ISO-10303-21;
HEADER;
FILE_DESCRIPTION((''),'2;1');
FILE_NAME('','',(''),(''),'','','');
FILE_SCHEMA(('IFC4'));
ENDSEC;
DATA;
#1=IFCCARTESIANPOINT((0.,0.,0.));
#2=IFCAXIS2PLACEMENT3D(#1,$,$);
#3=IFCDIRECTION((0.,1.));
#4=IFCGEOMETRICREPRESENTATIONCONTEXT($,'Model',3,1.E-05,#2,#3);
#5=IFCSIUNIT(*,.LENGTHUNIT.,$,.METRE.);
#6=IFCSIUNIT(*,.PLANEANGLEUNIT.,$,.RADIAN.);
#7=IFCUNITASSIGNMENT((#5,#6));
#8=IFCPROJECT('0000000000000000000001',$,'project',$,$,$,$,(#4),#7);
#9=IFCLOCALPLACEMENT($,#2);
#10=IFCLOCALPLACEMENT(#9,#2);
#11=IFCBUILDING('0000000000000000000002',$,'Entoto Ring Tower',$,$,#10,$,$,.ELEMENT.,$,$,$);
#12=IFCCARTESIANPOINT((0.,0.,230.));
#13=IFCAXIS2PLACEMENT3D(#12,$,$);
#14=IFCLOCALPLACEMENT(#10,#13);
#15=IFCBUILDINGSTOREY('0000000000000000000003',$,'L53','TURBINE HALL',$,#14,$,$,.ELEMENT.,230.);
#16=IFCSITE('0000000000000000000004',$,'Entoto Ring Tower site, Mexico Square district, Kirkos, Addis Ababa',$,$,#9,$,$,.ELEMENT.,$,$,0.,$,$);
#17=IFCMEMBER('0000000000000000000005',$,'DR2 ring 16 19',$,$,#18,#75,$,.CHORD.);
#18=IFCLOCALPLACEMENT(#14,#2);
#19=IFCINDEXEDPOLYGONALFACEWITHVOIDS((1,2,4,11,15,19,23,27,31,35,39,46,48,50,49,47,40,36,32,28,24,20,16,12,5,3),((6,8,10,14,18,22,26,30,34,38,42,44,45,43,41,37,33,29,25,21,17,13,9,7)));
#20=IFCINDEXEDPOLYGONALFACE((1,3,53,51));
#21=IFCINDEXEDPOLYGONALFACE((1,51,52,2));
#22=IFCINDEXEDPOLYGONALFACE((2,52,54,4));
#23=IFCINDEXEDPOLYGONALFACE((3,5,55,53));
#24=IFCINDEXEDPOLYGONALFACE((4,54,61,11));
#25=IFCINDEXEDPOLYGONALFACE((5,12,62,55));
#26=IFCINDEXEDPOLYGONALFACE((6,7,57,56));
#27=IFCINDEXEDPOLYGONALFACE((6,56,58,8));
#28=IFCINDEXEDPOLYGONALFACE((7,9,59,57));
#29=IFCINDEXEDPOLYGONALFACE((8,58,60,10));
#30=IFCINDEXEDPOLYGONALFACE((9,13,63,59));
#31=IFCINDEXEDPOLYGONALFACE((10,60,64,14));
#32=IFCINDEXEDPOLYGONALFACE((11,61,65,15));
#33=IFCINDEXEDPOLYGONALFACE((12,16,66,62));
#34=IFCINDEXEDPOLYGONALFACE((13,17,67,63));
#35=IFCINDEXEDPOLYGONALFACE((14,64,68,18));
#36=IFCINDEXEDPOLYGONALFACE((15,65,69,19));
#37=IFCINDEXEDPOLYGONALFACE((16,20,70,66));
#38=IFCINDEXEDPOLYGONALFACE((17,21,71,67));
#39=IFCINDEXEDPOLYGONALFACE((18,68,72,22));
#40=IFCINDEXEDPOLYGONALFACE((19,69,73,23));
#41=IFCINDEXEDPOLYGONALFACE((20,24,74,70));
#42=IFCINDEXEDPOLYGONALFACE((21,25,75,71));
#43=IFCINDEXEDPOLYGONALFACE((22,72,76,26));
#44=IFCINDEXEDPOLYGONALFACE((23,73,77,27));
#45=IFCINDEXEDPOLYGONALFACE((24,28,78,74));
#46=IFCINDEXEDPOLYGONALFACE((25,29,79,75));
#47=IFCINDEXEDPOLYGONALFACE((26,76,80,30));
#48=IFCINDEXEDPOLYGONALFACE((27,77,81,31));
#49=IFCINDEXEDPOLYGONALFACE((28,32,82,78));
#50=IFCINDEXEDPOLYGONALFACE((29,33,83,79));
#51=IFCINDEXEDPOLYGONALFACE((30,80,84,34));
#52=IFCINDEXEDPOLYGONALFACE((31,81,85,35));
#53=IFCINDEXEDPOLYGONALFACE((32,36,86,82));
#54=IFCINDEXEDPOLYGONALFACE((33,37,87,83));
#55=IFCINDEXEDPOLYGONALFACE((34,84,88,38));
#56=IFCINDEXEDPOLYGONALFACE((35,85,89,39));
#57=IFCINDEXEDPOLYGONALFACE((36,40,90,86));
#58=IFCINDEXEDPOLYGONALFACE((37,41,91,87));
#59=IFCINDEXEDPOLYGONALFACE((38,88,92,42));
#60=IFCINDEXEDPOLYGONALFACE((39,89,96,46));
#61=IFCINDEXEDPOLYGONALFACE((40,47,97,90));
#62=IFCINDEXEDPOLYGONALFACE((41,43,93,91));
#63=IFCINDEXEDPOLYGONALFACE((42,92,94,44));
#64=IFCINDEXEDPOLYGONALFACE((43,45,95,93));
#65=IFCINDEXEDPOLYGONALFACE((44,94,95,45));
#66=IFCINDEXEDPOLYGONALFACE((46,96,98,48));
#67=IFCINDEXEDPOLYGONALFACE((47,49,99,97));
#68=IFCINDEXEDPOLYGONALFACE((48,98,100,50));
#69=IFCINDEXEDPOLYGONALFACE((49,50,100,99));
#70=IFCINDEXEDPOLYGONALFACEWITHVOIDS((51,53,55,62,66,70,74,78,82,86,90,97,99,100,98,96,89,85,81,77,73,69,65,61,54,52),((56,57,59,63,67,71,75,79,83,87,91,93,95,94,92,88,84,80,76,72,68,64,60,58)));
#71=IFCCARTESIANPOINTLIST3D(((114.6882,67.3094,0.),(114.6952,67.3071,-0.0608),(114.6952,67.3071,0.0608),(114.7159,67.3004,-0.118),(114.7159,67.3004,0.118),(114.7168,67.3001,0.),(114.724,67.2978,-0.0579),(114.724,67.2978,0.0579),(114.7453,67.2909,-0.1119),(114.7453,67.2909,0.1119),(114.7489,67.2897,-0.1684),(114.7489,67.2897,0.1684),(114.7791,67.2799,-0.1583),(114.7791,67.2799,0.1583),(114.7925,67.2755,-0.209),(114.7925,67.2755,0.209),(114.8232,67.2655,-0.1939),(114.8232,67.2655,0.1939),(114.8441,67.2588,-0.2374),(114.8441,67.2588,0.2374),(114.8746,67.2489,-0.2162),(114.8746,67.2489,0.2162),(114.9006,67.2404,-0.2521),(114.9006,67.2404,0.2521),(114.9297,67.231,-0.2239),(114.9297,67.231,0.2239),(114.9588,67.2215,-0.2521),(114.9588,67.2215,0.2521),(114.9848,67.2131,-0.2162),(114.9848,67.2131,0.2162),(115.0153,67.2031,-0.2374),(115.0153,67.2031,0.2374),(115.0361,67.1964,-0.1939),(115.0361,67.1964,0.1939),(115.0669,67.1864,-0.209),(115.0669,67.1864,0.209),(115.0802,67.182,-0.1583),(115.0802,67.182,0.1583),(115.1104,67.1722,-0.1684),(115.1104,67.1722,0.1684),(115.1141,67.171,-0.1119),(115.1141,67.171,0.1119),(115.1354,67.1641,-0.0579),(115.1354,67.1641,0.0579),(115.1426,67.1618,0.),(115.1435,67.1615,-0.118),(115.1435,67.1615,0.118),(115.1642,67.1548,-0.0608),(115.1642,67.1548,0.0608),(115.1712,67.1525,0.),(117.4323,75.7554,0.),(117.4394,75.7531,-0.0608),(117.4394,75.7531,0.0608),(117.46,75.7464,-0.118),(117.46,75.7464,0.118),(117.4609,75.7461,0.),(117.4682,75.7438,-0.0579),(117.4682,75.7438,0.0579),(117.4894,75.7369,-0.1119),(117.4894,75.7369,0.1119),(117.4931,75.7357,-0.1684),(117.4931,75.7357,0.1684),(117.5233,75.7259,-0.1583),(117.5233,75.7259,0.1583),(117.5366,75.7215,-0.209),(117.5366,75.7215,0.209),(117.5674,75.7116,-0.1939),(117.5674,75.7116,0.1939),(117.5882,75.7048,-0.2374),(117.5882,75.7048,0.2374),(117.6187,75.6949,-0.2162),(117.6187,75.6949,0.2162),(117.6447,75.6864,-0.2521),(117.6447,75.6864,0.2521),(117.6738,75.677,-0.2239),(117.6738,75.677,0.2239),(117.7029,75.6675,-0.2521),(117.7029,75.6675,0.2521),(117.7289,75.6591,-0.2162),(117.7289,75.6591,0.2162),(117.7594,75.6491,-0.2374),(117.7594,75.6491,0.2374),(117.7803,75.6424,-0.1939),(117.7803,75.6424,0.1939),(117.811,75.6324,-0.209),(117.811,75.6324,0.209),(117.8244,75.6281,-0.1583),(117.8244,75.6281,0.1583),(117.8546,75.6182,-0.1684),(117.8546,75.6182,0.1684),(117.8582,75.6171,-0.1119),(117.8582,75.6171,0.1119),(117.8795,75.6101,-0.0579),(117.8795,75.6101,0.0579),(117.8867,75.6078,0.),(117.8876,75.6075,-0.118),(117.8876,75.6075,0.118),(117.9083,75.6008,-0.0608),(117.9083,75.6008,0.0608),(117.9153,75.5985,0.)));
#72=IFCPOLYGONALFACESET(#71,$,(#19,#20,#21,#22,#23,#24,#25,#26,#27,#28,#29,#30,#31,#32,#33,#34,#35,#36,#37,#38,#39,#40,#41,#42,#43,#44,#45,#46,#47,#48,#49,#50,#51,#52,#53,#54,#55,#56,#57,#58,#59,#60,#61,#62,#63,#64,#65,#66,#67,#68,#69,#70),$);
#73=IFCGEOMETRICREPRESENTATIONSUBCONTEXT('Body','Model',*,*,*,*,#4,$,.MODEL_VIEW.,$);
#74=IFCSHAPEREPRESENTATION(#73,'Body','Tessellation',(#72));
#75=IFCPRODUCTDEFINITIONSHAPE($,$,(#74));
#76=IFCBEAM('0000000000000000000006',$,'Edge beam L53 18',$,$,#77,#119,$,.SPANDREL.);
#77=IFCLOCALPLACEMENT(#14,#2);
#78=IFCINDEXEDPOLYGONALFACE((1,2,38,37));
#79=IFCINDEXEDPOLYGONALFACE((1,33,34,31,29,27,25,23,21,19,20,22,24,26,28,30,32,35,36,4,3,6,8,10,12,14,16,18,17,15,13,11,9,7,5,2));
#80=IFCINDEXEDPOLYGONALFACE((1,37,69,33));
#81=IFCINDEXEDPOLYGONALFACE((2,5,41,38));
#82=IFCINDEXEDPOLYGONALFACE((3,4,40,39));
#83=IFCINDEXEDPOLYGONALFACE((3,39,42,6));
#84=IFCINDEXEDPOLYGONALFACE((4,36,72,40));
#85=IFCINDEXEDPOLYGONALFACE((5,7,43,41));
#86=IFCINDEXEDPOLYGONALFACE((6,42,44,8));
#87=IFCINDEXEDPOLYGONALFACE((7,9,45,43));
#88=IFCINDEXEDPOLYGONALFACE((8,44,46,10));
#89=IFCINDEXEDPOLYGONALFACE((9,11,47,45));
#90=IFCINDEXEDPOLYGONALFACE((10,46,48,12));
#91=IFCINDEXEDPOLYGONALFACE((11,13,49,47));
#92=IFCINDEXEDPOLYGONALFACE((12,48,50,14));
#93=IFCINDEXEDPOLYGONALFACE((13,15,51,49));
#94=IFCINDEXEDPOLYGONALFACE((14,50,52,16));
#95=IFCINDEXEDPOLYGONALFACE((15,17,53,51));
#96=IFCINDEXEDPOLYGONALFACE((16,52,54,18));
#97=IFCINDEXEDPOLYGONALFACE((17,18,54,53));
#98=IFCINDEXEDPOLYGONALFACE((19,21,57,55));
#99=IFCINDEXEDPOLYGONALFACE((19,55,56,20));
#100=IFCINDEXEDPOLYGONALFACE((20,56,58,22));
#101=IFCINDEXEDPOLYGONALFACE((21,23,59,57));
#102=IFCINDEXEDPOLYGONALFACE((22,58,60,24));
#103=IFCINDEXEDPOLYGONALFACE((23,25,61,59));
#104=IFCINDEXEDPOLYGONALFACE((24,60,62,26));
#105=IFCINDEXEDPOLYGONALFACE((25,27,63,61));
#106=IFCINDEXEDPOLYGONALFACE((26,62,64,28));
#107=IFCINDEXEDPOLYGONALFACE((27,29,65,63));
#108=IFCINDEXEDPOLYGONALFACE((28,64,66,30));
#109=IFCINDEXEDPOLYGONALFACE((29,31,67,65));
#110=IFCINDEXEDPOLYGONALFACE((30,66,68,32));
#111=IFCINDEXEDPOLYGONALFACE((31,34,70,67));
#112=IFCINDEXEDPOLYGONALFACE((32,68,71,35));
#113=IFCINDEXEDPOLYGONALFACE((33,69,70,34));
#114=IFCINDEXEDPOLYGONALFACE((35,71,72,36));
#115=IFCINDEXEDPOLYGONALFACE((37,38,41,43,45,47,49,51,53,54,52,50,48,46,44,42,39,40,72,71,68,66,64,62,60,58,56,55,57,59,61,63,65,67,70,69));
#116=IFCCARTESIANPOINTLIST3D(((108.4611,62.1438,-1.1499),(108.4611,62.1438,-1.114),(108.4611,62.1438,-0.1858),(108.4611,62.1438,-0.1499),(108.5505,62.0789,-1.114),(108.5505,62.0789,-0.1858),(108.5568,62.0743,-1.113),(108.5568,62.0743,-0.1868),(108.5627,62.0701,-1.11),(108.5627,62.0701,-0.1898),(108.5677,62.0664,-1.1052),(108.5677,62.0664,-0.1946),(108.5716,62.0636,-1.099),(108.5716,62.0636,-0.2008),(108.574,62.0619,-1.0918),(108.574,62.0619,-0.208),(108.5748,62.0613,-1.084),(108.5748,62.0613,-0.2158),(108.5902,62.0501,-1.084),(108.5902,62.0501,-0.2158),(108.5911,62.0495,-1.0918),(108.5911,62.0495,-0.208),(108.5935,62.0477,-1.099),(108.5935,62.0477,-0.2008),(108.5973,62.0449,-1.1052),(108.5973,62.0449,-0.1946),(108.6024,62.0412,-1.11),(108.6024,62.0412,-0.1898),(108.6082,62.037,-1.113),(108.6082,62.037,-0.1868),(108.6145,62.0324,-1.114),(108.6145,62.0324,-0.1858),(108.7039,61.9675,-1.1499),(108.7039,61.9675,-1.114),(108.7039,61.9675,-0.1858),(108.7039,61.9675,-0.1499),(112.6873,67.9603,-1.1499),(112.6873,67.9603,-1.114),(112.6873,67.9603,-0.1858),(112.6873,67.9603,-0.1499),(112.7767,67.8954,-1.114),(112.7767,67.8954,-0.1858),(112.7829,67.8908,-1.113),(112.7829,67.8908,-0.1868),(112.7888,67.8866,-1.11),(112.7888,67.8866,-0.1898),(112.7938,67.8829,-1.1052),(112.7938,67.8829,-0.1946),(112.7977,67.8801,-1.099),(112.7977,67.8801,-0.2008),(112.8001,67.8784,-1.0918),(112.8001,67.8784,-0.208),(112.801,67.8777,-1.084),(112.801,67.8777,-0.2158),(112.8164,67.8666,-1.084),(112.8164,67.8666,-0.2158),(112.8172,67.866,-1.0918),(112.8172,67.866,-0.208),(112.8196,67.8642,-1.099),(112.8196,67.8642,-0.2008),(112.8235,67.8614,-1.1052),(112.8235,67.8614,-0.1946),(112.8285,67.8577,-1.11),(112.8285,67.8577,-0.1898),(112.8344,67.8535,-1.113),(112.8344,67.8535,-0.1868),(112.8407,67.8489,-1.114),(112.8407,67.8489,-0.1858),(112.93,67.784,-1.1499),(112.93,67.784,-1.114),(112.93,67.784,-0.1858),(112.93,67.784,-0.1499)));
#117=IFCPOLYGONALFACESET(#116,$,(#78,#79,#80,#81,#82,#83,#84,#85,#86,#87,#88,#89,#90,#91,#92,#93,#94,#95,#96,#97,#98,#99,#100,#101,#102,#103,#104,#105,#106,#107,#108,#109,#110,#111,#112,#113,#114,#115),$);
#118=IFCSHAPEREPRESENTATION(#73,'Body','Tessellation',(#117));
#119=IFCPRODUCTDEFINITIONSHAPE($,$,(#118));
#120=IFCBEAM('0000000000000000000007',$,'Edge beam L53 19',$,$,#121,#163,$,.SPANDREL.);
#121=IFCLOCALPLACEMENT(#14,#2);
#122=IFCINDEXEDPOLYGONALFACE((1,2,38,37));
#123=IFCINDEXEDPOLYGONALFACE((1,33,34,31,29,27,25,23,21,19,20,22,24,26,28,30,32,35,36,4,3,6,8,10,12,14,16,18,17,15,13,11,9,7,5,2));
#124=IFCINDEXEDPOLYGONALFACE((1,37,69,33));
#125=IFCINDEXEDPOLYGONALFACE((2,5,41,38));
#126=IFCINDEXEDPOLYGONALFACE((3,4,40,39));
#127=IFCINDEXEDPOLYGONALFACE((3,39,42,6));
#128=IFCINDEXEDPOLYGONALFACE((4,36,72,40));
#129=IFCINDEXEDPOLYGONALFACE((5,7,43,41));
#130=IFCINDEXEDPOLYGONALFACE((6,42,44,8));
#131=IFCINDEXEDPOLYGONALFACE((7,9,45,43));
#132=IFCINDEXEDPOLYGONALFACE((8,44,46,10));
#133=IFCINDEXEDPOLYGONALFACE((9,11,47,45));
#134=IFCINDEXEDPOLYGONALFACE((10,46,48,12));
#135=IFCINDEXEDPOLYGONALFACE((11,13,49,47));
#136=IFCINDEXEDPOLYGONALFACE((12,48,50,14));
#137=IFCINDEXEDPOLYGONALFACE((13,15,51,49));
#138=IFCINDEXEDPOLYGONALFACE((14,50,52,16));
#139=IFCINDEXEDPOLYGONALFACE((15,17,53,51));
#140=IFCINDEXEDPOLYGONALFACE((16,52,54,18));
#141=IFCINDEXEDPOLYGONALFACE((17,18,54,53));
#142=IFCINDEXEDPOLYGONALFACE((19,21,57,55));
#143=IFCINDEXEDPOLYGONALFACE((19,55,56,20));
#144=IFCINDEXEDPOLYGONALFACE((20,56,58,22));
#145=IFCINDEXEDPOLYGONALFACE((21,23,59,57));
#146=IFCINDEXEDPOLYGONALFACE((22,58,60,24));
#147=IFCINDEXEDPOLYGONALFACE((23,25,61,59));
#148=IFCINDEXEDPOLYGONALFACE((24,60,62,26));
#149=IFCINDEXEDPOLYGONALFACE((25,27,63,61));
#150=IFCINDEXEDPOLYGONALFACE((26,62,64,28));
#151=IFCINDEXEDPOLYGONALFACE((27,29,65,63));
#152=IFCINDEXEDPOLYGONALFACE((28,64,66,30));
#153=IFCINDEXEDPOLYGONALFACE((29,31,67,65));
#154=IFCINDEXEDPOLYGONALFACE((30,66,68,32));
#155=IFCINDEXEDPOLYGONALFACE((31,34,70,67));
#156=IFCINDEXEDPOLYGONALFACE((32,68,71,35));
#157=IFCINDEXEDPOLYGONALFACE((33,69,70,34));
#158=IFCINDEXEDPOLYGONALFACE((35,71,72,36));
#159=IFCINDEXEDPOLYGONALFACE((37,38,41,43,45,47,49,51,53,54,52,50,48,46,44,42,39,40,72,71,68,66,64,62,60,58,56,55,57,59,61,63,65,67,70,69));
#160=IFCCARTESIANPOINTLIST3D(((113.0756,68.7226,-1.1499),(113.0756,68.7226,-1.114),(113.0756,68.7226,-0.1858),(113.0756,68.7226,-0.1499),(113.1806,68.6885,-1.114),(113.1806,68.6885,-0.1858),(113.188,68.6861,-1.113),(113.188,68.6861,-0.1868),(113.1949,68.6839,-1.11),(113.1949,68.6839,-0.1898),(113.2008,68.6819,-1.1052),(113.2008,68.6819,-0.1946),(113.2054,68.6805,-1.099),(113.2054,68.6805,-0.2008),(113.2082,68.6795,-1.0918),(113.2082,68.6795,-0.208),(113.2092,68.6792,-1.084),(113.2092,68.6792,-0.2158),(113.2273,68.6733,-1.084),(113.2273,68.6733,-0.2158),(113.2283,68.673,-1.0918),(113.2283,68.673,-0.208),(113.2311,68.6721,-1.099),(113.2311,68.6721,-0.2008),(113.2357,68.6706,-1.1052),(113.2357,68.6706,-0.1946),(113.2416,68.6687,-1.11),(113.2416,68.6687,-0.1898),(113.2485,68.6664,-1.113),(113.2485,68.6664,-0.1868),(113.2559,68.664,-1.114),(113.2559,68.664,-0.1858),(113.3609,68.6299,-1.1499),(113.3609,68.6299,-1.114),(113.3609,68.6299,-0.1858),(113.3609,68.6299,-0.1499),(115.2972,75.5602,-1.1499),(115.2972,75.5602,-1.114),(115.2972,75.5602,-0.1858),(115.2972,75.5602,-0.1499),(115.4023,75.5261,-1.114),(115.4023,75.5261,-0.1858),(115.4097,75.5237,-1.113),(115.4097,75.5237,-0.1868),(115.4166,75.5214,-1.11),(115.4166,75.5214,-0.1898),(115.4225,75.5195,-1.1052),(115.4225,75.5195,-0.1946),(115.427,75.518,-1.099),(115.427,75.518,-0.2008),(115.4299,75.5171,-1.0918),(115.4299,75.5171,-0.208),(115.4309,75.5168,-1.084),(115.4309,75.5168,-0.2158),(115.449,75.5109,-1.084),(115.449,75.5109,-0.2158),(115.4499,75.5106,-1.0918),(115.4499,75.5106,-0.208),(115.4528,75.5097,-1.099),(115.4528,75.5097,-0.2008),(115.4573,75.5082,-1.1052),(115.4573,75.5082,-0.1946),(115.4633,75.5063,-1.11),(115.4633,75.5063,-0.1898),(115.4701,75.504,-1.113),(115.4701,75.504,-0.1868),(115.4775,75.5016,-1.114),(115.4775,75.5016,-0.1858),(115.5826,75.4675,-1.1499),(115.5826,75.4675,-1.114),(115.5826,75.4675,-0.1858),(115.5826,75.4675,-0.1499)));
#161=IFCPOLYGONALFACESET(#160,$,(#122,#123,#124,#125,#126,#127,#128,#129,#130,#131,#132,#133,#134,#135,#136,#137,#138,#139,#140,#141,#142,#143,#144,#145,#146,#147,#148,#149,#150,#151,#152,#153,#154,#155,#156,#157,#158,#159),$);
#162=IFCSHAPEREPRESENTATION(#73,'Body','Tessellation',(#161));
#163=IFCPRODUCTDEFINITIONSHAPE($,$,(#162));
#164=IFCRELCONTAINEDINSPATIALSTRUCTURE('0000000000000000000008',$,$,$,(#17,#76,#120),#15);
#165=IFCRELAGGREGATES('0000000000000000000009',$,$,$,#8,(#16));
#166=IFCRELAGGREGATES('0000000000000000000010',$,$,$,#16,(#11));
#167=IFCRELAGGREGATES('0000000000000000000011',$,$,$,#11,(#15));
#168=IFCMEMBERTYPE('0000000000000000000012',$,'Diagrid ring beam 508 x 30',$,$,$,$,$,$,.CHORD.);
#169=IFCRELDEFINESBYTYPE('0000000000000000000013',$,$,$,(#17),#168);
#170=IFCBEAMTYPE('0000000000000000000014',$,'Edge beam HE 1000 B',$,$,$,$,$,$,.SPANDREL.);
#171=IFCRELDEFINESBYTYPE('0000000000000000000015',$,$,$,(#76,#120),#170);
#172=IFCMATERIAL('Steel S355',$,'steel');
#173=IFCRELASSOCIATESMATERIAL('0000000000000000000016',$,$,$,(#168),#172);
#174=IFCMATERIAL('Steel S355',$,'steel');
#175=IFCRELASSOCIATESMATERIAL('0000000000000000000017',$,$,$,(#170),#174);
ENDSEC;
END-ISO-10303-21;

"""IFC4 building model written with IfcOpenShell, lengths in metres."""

from ifc_helpers import new_model, si_unit, direction, frame, origin, origin_2d, place, context, subcontext, project, spatial, circle, hollow_circle, i_section, extrude, material, material_profile, profile_set, type_object, element, save


model = new_model("IFC4")

# Units and contexts
model_context = context("Model", 3, precision=1e-05, world=origin(), true_north=direction((0.0, 1.0)))
body_context = subcontext(model_context, "Body", "Model", "MODEL_VIEW")
ifc_project = project(units=[si_unit("LENGTHUNIT", "METRE"), si_unit("PLANEANGLEUNIT", "RADIAN")], contexts=[model_context])

# Site, building, storey
site_placement = place(None, origin())
site = spatial("IfcSite", under=ifc_project, at=site_placement, Name="Entoto Ring Tower site, Mexico Square district, Kirkos, Addis Ababa", CompositionType="ELEMENT", RefElevation=0.0)
building_placement = place(site_placement, origin())
building = spatial("IfcBuilding", under=site, at=building_placement, Name="Entoto Ring Tower", CompositionType="ELEMENT")
storey_placement = place(building_placement, frame((0.0, 0.0, 230.0)))
storey = spatial("IfcBuildingStorey", under=building, at=storey_placement, Name="L53", Description="TURBINE HALL", CompositionType="ELEMENT", Elevation=230.0)

# Member
ifc_material_1 = material(Name="Steel S355", Category="steel")
ifc_material_profile_1 = material_profile(ifc_material_1, hollow_circle(Radius=0.2539, WallThickness=0.03, at=origin_2d()), Name="CHS 508 x 30")
ifc_material_2 = material(Name="Concrete C60/75", Category="concrete")
ifc_material_profile_2 = material_profile(ifc_material_2, circle(Radius=0.2241, at=origin_2d()), Name="Concrete C60/75 infill")
ifc_profile_set_1 = profile_set([ifc_material_profile_1, ifc_material_profile_2], Name="Steel S355")
member_type_1 = type_object("IfcMemberType", Name="Diagrid ring beam 508 x 30", PredefinedType="CHORD", material=ifc_profile_set_1)
for number, where, z_axis, x_axis, name in (
    (1, (114.9297, 67.231, 0.0), (0.309002, 0.951061, 0.0), (-0.951061, 0.309002, 0.0), "DR2 ring 16 19"),
):
    element("IfcMember", number, at=place(storey_placement, frame(where, z_axis=z_axis, x_axis=x_axis)), inside=storey, type_object=member_type_1, Name=name, PredefinedType="CHORD", context=body_context, shape_type="SweptSolid", body=[
        extrude(hollow_circle(Radius=0.2539, WallThickness=0.03, at=origin_2d()), origin(), (0.0, 0.0, 1.0), 8.8806),
    ])

# Beams
ifc_material_3 = material(Name="Steel S355", Category="steel")
ifc_material_profile_3 = material_profile(ifc_material_3, i_section(OverallWidth=0.3, OverallDepth=1.0, WebThickness=0.019, FlangeThickness=0.0359, FilletRadius=0.03, at=origin_2d()), Name="HE 1000 B")
ifc_profile_set_2 = profile_set([ifc_material_profile_3], Name="Steel S355")
beam_type_1 = type_object("IfcBeamType", Name="Edge beam HE 1000 B", PredefinedType="SPANDREL", material=ifc_profile_set_2)
beam_1_placement = place(storey_placement, frame((108.5825, 62.0557, -0.6499), z_axis=(0.587804, 0.809003, 0.0), x_axis=(-0.809003, 0.587804, 0.0)))
element("IfcBeam", 2, at=beam_1_placement, inside=storey, type_object=beam_type_1, Name="Edge beam L53 18", PredefinedType="SPANDREL", context=body_context, shape_type="SweptSolid", body=[
    extrude(i_section(OverallWidth=0.3, OverallDepth=1.0, WebThickness=0.019, FlangeThickness=0.0359, FilletRadius=0.03, at=origin_2d()), origin(), (0.0, 0.0, 1.0), 7.1897),
])
beam_2_placement = place(storey_placement, frame((113.2183, 68.6763, -0.6499), z_axis=(0.309016, 0.951057, 0.0), x_axis=(-0.951057, 0.309016, 0.0)))
element("IfcBeam", 3, at=beam_2_placement, inside=storey, type_object=beam_type_1, Name="Edge beam L53 19", PredefinedType="SPANDREL", context=body_context, shape_type="SweptSolid", body=[
    extrude(i_section(OverallWidth=0.3, OverallDepth=1.0, WebThickness=0.019, FlangeThickness=0.0359, FilletRadius=0.03, at=origin_2d()), origin(), (0.0, 0.0, 1.0), 7.1895),
])

save(model, "model.ifc")
